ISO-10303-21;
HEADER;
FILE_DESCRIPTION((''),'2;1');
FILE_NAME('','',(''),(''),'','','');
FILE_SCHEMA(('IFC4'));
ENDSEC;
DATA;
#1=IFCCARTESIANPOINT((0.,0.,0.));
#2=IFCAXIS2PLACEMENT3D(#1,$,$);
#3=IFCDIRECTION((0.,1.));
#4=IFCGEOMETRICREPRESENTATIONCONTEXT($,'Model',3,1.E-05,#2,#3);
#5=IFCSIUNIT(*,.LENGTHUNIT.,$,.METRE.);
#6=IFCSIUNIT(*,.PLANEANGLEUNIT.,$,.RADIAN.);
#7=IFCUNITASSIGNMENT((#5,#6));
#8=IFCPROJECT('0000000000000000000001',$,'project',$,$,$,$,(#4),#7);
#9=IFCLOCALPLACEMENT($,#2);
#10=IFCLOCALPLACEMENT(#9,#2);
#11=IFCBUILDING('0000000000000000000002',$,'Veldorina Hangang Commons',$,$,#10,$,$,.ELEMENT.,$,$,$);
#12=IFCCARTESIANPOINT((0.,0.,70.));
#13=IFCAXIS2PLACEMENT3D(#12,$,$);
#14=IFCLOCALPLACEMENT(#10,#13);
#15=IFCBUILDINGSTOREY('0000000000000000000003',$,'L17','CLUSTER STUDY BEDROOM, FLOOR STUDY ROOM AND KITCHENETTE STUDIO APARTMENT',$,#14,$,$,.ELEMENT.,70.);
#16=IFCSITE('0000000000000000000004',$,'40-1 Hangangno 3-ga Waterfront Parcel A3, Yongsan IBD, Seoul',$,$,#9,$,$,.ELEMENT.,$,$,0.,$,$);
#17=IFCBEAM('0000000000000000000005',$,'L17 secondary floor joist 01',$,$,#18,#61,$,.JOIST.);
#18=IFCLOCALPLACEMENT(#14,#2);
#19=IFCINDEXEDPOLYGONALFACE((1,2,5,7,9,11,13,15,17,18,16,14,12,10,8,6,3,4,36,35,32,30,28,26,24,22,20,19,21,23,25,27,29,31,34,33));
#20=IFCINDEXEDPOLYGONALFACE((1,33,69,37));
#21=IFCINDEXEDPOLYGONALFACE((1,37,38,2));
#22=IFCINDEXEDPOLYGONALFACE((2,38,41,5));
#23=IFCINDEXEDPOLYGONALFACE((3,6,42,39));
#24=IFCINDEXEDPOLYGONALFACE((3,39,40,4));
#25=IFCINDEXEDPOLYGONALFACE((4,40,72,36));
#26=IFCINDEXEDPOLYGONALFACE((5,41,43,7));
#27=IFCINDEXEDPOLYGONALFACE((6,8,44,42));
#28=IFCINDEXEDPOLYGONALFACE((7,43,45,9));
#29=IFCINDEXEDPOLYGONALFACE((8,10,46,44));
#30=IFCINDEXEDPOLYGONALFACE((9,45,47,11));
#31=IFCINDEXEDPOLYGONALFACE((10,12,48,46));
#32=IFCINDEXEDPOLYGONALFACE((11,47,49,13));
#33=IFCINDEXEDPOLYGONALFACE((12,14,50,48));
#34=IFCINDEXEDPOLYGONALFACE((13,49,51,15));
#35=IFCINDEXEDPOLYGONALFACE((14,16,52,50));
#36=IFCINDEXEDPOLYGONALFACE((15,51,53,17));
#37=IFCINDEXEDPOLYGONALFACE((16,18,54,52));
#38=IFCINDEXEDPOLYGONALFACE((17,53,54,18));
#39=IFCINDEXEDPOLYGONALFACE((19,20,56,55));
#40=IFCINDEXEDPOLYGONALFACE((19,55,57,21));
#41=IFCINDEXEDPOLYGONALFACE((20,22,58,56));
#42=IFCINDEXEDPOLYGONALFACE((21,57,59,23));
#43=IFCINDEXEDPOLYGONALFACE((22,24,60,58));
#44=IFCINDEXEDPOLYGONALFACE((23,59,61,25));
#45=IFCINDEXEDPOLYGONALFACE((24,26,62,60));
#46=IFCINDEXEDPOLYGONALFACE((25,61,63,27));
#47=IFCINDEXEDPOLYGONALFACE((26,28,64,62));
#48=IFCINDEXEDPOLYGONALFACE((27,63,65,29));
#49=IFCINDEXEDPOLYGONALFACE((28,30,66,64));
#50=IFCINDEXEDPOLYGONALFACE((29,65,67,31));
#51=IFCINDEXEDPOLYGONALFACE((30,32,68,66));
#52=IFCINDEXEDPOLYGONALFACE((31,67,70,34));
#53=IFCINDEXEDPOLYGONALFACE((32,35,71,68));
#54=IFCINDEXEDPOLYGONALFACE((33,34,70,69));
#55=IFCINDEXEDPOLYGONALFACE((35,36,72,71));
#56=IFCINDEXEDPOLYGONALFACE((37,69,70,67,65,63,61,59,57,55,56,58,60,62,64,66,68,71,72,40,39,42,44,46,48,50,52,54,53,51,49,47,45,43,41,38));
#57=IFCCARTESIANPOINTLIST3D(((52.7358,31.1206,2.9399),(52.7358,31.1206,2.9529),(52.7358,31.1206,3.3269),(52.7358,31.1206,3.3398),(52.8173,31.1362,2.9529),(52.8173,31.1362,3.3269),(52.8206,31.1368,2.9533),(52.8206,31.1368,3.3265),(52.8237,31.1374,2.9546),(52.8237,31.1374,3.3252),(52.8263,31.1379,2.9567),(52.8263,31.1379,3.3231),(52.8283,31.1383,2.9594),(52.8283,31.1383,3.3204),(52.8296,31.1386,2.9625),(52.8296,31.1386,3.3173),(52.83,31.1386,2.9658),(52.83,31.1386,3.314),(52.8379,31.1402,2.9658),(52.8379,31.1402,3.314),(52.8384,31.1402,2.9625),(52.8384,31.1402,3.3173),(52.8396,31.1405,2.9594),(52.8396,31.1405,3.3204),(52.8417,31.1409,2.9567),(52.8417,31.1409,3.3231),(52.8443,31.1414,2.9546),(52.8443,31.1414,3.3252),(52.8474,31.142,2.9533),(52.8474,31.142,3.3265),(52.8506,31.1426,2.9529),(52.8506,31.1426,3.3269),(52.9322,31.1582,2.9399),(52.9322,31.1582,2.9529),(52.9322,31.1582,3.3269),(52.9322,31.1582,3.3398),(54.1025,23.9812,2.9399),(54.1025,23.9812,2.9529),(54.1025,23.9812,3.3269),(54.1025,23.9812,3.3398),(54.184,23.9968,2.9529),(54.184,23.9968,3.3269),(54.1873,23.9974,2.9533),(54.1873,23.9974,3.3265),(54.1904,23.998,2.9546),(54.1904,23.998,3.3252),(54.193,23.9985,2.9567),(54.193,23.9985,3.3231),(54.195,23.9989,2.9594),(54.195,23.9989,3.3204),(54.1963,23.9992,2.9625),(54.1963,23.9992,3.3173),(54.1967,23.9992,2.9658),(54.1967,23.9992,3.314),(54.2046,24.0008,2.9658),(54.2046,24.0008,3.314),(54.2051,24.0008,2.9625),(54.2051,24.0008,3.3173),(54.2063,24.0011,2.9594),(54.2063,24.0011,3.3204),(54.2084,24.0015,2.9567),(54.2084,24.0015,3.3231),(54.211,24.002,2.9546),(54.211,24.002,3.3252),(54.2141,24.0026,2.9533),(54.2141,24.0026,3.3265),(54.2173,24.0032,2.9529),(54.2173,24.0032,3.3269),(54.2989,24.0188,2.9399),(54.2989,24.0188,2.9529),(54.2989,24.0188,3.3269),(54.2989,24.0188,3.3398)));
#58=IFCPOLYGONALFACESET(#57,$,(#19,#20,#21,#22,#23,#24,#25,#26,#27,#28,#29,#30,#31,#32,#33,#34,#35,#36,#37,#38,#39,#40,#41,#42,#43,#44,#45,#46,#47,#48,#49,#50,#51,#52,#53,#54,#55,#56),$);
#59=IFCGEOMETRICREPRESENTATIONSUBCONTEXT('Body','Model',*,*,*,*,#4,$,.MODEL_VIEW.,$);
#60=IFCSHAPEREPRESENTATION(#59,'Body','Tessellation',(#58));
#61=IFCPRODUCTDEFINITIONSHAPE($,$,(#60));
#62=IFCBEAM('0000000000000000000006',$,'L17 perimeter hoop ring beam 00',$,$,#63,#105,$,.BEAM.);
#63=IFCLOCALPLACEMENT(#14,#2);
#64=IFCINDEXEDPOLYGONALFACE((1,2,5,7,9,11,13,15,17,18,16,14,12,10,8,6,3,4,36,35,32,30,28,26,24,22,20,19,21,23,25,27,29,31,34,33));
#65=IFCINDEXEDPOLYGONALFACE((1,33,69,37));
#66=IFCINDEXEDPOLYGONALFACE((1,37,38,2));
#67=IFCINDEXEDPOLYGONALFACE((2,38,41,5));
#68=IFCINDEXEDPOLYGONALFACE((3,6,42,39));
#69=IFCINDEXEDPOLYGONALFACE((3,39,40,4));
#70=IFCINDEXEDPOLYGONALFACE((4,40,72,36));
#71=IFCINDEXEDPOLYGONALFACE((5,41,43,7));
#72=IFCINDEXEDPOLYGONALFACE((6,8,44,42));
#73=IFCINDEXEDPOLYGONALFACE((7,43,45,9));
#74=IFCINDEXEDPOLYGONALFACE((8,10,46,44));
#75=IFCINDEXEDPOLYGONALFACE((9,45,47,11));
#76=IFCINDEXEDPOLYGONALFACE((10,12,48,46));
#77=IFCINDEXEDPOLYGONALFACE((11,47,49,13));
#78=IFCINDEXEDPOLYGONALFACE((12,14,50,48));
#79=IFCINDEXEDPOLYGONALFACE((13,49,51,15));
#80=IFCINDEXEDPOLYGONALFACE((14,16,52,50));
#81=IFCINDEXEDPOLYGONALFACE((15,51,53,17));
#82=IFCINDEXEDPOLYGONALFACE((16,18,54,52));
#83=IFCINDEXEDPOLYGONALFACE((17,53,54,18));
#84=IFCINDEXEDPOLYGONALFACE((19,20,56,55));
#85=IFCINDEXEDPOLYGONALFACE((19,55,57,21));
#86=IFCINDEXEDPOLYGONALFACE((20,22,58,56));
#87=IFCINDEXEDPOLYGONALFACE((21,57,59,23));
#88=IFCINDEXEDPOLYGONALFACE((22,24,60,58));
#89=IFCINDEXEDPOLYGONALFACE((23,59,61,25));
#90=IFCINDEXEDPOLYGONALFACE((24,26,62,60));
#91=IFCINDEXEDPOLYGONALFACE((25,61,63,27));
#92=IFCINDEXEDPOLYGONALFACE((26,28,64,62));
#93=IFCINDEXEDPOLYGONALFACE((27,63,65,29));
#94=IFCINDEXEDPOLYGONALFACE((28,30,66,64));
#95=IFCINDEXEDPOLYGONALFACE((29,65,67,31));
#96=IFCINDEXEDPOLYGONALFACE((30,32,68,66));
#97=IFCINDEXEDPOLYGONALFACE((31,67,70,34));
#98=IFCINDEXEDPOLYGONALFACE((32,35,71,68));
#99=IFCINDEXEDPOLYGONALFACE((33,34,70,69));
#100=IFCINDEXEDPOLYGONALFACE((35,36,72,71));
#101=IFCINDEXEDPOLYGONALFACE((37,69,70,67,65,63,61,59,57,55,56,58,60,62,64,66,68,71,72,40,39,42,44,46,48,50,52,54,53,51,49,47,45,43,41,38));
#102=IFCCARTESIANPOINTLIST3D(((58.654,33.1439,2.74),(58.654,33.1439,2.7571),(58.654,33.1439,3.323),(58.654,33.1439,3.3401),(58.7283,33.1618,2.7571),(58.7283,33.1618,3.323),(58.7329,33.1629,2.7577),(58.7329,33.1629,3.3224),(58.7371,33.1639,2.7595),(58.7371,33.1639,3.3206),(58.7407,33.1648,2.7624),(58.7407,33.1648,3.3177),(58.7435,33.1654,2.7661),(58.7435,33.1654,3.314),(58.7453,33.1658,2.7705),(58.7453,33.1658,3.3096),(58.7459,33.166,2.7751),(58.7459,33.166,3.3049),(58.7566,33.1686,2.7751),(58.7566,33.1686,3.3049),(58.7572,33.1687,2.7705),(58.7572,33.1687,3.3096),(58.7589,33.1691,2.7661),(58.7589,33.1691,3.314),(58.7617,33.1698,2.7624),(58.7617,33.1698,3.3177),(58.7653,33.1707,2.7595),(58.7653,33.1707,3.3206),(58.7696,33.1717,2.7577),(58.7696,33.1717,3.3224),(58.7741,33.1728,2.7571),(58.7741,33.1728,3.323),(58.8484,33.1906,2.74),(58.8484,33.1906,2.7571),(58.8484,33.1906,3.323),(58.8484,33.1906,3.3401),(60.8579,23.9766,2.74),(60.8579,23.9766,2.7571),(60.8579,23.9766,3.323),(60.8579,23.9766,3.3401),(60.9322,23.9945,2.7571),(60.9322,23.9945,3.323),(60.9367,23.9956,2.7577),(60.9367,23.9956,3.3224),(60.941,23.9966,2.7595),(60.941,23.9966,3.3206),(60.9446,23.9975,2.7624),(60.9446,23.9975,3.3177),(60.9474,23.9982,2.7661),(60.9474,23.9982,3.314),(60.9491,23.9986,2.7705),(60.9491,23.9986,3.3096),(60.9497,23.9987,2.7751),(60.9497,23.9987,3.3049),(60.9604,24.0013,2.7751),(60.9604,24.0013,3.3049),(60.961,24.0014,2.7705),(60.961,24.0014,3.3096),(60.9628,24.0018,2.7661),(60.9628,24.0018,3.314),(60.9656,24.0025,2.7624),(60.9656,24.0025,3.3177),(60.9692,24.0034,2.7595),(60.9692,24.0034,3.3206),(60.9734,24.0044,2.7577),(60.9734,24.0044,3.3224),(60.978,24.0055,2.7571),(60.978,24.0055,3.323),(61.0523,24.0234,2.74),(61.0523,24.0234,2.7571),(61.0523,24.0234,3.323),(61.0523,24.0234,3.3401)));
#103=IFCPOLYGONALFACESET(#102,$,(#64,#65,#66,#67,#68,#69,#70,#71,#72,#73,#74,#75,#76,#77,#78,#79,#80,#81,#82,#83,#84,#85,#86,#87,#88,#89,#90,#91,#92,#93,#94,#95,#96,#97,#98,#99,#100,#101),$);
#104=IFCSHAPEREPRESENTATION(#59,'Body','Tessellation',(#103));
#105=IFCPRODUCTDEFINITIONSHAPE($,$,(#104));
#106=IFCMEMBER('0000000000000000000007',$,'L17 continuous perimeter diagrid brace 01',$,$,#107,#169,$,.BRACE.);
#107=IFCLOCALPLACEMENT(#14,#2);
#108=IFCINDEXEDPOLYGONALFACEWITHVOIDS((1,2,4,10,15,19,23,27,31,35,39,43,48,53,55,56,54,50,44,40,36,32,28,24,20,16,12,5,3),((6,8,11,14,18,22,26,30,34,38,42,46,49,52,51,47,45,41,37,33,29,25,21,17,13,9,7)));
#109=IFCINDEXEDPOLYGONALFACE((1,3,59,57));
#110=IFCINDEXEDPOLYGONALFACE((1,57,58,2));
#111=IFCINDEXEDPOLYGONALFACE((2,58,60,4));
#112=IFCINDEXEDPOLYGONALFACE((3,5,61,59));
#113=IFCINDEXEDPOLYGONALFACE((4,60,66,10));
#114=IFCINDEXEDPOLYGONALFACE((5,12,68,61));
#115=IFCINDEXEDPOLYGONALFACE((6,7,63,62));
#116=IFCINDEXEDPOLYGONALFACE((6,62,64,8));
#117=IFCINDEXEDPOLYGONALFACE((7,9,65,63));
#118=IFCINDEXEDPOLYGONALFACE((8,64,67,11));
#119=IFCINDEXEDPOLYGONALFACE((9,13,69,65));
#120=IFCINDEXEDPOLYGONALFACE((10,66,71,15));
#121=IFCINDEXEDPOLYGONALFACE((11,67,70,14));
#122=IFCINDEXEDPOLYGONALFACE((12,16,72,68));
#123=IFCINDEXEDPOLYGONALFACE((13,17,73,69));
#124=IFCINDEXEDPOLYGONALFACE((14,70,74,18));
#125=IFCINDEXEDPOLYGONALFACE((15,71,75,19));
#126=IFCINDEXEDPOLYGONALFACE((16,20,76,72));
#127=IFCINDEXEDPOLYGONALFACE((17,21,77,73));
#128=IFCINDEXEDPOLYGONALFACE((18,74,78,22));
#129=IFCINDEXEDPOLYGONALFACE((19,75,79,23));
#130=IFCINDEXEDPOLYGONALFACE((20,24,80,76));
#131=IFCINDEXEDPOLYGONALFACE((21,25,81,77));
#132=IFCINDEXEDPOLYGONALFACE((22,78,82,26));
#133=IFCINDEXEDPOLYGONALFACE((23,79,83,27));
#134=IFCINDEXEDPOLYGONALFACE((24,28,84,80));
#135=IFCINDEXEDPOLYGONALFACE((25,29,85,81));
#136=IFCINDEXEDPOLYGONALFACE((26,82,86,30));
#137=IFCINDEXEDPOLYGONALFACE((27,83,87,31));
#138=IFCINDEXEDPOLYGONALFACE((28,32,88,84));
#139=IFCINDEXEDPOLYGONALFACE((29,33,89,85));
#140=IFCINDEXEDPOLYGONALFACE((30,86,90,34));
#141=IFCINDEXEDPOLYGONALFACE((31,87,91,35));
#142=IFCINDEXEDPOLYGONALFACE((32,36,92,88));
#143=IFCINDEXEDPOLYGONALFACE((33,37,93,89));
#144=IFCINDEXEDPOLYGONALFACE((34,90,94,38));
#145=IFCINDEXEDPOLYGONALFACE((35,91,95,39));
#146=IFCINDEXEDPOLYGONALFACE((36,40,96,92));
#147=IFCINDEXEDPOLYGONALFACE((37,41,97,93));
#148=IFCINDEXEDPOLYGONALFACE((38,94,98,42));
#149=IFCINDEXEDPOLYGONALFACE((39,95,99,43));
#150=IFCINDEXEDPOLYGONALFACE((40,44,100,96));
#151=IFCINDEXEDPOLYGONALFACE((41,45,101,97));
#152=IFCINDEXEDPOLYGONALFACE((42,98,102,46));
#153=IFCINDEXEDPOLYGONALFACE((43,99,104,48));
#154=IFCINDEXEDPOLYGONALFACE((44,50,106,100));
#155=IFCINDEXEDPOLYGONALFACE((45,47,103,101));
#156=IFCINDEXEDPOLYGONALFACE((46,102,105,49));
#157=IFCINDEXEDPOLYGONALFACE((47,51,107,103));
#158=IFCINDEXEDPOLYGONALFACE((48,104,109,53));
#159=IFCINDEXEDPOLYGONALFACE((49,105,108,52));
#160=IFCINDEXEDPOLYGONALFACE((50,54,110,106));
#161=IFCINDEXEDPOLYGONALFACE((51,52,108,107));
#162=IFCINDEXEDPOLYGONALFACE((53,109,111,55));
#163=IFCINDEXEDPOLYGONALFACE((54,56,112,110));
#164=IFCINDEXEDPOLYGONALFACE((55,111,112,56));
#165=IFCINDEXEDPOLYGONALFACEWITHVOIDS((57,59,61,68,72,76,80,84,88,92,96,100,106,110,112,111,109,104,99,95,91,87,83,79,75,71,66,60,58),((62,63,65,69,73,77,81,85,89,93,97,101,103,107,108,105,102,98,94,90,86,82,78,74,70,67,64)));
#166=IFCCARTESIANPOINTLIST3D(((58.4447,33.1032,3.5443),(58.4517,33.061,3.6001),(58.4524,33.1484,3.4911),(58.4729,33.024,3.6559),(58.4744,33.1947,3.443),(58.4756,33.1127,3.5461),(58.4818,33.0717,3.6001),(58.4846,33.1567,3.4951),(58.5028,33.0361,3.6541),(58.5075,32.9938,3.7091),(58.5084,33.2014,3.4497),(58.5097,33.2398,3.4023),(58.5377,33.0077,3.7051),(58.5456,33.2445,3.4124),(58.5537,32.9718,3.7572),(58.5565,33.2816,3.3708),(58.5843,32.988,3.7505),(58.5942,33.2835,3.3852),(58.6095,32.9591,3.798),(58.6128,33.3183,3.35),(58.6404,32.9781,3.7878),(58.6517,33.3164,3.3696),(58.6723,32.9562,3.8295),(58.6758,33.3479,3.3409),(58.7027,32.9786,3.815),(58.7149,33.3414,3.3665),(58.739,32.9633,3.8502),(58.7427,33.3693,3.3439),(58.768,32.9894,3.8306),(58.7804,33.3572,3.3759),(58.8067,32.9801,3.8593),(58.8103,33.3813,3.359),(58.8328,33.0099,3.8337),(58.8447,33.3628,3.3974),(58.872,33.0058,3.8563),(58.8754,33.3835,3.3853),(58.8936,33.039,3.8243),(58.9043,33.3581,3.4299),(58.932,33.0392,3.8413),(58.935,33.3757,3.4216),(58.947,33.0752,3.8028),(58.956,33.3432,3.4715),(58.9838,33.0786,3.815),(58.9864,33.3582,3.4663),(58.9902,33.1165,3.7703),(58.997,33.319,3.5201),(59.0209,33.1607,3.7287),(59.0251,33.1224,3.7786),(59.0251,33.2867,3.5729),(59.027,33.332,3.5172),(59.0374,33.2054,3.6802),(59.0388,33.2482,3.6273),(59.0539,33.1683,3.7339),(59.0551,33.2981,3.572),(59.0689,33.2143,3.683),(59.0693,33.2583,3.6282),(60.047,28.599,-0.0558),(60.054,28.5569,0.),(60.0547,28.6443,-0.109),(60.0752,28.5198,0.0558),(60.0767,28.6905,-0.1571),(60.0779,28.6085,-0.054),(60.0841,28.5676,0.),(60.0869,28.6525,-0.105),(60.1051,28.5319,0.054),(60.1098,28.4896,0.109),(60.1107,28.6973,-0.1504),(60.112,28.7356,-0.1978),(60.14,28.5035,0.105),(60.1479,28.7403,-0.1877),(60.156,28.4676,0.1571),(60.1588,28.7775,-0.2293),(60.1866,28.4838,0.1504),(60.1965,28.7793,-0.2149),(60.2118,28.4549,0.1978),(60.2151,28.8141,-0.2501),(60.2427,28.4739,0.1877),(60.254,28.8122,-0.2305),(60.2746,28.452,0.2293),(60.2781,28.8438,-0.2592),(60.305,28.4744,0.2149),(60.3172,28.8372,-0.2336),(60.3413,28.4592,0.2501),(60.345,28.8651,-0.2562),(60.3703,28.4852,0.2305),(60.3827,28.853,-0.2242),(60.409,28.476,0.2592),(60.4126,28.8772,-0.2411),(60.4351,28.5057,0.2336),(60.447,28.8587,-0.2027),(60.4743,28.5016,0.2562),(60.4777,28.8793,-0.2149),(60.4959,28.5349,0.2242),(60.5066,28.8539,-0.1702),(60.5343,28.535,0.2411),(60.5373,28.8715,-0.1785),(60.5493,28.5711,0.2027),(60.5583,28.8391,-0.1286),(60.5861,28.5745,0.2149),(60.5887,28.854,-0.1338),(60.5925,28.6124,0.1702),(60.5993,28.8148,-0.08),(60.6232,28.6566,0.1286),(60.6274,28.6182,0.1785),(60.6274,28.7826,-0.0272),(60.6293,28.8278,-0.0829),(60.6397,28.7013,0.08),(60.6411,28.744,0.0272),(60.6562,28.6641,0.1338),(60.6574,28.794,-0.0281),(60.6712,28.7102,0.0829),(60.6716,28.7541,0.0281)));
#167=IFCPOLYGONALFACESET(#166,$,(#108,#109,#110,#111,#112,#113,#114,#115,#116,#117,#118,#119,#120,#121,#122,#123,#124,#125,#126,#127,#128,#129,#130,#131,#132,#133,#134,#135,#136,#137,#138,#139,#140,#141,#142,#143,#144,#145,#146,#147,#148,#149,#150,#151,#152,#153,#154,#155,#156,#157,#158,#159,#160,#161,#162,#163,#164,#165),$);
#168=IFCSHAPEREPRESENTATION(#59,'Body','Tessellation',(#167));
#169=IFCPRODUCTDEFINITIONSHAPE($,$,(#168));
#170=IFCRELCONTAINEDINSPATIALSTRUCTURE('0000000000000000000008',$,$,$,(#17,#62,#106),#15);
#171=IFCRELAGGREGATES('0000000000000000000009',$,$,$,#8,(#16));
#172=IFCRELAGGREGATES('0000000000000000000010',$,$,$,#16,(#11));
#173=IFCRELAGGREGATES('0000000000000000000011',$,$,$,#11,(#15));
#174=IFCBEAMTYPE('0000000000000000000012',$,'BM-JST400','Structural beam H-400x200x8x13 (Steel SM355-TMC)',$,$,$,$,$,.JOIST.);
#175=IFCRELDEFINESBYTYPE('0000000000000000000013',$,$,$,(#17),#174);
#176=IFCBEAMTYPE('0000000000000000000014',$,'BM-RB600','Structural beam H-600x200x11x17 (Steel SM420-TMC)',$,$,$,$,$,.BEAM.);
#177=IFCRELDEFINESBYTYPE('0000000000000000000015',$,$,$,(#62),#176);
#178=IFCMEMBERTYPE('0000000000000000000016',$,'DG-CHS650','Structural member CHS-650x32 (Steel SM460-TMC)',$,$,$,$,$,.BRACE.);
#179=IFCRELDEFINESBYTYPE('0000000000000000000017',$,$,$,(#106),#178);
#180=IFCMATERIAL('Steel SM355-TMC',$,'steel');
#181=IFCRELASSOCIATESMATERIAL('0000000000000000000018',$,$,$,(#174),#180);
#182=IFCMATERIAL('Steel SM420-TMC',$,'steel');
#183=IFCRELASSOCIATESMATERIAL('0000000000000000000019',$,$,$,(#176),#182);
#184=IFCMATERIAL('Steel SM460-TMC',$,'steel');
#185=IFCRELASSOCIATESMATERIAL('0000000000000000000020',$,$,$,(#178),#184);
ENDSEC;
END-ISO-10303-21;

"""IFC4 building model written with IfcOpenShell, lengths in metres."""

from ifc_helpers import new_model, si_unit, direction, frame, origin, origin_2d, place, context, subcontext, project, spatial, hollow_circle, i_section, extrude, material, material_profile, profile_set, type_object, element, save


model = new_model("IFC4")

# Units and contexts
model_context = context("Model", 3, precision=1e-05, world=origin(), true_north=direction((0.0, 1.0)))
body_context = subcontext(model_context, "Body", "Model", "MODEL_VIEW")
ifc_project = project(units=[si_unit("LENGTHUNIT", "METRE"), si_unit("PLANEANGLEUNIT", "RADIAN")], contexts=[model_context])

# Site, building, storey
site_placement = place(None, origin())
site = spatial("IfcSite", under=ifc_project, at=site_placement, Name="40-1 Hangangno 3-ga Waterfront Parcel A3, Yongsan IBD, Seoul", CompositionType="ELEMENT", RefElevation=0.0)
building_placement = place(site_placement, origin())
building = spatial("IfcBuilding", under=site, at=building_placement, Name="Veldorina Hangang Commons", CompositionType="ELEMENT")
storey_placement = place(building_placement, frame((0.0, 0.0, 70.0)))
storey = spatial("IfcBuildingStorey", under=building, at=storey_placement, Name="L17", Description="CLUSTER STUDY BEDROOM, FLOOR STUDY ROOM AND KITCHENETTE STUDIO APARTMENT", CompositionType="ELEMENT", Elevation=70.0)

# Beams
ifc_material_1 = material(Name="Steel SM355-TMC", Category="steel")
ifc_material_profile_1 = material_profile(ifc_material_1, i_section(OverallWidth=0.2, OverallDepth=0.3999, WebThickness=0.0081, FlangeThickness=0.0129, FilletRadius=0.0129, at=origin_2d()), Name="H-400x200x8x13")
ifc_profile_set_1 = profile_set([ifc_material_profile_1], Name="Steel SM355-TMC")
beam_type_1 = type_object("IfcBeamType", Name="BM-JST400", Description="Structural beam H-400x200x8x13 (Steel SM355-TMC)", PredefinedType="JOIST", material=ifc_profile_set_1)
beam_1_placement = place(storey_placement, frame((54.2007, 24.0, 3.1399), z_axis=(-0.188016, 0.982166, 0.0), x_axis=(-0.982166, -0.188016, 0.0)))
element("IfcBeam", 1, at=beam_1_placement, inside=storey, type_object=beam_type_1, Name="L17 secondary floor joist 01", PredefinedType="JOIST", context=body_context, shape_type="SweptSolid", body=[
    extrude(i_section(OverallWidth=0.2, OverallDepth=0.3999, WebThickness=0.0081, FlangeThickness=0.0129, FilletRadius=0.0129, at=origin_2d()), origin(), (0.0, 0.0, 1.0), 7.269),
])
ifc_material_2 = material(Name="Steel SM420-TMC", Category="steel")
ifc_material_profile_2 = material_profile(ifc_material_2, i_section(OverallWidth=0.2, OverallDepth=0.6001, WebThickness=0.011, FlangeThickness=0.0171, FilletRadius=0.0181, at=origin_2d()), Name="H-600x200x11x17")
ifc_profile_set_2 = profile_set([ifc_material_profile_2], Name="Steel SM420-TMC")
beam_type_2 = type_object("IfcBeamType", Name="BM-RB600", Description="Structural beam H-600x200x11x17 (Steel SM420-TMC)", PredefinedType="BEAM", material=ifc_profile_set_2)
beam_2_placement = place(storey_placement, frame((60.9551, 24.0, 3.04), z_axis=(-0.233746, 0.972298, 0.0), x_axis=(-0.972298, -0.233746, 0.0)))
element("IfcBeam", 2, at=beam_2_placement, inside=storey, type_object=beam_type_2, Name="L17 perimeter hoop ring beam 00", PredefinedType="BEAM", context=body_context, shape_type="SweptSolid", body=[
    extrude(i_section(OverallWidth=0.2, OverallDepth=0.6001, WebThickness=0.011, FlangeThickness=0.0171, FilletRadius=0.0181, at=origin_2d()), origin(), (0.0, 0.0, 1.0), 9.4285),
])

# Member
ifc_material_3 = material(Name="Steel SM460-TMC", Category="steel")
ifc_material_profile_3 = material_profile(ifc_material_3, hollow_circle(Radius=0.325, WallThickness=0.032, at=origin_2d()), Name="CHS-650x32")
ifc_profile_set_3 = profile_set([ifc_material_profile_3], Name="Steel SM460-TMC")
member_type = type_object("IfcMemberType", Name="DG-CHS650", Description="Structural member CHS-650x32 (Steel SM460-TMC)", PredefinedType="BRACE", material=ifc_profile_set_3)
member_1_placement = place(storey_placement, frame((60.3601, 28.6658, 0.0), z_axis=(-0.267736, 0.752624, 0.60156), x_axis=(-0.942161, -0.335162, 0.0)))
element("IfcMember", 3, at=member_1_placement, inside=storey, type_object=member_type, Name="L17 continuous perimeter diagrid brace 01", PredefinedType="BRACE", context=body_context, shape_type="SweptSolid", body=[
    extrude(hollow_circle(Radius=0.325, WallThickness=0.032, at=origin_2d()), origin(), (0.0, 0.0, 1.0), 5.9846),
])

save(model, "model.ifc")
